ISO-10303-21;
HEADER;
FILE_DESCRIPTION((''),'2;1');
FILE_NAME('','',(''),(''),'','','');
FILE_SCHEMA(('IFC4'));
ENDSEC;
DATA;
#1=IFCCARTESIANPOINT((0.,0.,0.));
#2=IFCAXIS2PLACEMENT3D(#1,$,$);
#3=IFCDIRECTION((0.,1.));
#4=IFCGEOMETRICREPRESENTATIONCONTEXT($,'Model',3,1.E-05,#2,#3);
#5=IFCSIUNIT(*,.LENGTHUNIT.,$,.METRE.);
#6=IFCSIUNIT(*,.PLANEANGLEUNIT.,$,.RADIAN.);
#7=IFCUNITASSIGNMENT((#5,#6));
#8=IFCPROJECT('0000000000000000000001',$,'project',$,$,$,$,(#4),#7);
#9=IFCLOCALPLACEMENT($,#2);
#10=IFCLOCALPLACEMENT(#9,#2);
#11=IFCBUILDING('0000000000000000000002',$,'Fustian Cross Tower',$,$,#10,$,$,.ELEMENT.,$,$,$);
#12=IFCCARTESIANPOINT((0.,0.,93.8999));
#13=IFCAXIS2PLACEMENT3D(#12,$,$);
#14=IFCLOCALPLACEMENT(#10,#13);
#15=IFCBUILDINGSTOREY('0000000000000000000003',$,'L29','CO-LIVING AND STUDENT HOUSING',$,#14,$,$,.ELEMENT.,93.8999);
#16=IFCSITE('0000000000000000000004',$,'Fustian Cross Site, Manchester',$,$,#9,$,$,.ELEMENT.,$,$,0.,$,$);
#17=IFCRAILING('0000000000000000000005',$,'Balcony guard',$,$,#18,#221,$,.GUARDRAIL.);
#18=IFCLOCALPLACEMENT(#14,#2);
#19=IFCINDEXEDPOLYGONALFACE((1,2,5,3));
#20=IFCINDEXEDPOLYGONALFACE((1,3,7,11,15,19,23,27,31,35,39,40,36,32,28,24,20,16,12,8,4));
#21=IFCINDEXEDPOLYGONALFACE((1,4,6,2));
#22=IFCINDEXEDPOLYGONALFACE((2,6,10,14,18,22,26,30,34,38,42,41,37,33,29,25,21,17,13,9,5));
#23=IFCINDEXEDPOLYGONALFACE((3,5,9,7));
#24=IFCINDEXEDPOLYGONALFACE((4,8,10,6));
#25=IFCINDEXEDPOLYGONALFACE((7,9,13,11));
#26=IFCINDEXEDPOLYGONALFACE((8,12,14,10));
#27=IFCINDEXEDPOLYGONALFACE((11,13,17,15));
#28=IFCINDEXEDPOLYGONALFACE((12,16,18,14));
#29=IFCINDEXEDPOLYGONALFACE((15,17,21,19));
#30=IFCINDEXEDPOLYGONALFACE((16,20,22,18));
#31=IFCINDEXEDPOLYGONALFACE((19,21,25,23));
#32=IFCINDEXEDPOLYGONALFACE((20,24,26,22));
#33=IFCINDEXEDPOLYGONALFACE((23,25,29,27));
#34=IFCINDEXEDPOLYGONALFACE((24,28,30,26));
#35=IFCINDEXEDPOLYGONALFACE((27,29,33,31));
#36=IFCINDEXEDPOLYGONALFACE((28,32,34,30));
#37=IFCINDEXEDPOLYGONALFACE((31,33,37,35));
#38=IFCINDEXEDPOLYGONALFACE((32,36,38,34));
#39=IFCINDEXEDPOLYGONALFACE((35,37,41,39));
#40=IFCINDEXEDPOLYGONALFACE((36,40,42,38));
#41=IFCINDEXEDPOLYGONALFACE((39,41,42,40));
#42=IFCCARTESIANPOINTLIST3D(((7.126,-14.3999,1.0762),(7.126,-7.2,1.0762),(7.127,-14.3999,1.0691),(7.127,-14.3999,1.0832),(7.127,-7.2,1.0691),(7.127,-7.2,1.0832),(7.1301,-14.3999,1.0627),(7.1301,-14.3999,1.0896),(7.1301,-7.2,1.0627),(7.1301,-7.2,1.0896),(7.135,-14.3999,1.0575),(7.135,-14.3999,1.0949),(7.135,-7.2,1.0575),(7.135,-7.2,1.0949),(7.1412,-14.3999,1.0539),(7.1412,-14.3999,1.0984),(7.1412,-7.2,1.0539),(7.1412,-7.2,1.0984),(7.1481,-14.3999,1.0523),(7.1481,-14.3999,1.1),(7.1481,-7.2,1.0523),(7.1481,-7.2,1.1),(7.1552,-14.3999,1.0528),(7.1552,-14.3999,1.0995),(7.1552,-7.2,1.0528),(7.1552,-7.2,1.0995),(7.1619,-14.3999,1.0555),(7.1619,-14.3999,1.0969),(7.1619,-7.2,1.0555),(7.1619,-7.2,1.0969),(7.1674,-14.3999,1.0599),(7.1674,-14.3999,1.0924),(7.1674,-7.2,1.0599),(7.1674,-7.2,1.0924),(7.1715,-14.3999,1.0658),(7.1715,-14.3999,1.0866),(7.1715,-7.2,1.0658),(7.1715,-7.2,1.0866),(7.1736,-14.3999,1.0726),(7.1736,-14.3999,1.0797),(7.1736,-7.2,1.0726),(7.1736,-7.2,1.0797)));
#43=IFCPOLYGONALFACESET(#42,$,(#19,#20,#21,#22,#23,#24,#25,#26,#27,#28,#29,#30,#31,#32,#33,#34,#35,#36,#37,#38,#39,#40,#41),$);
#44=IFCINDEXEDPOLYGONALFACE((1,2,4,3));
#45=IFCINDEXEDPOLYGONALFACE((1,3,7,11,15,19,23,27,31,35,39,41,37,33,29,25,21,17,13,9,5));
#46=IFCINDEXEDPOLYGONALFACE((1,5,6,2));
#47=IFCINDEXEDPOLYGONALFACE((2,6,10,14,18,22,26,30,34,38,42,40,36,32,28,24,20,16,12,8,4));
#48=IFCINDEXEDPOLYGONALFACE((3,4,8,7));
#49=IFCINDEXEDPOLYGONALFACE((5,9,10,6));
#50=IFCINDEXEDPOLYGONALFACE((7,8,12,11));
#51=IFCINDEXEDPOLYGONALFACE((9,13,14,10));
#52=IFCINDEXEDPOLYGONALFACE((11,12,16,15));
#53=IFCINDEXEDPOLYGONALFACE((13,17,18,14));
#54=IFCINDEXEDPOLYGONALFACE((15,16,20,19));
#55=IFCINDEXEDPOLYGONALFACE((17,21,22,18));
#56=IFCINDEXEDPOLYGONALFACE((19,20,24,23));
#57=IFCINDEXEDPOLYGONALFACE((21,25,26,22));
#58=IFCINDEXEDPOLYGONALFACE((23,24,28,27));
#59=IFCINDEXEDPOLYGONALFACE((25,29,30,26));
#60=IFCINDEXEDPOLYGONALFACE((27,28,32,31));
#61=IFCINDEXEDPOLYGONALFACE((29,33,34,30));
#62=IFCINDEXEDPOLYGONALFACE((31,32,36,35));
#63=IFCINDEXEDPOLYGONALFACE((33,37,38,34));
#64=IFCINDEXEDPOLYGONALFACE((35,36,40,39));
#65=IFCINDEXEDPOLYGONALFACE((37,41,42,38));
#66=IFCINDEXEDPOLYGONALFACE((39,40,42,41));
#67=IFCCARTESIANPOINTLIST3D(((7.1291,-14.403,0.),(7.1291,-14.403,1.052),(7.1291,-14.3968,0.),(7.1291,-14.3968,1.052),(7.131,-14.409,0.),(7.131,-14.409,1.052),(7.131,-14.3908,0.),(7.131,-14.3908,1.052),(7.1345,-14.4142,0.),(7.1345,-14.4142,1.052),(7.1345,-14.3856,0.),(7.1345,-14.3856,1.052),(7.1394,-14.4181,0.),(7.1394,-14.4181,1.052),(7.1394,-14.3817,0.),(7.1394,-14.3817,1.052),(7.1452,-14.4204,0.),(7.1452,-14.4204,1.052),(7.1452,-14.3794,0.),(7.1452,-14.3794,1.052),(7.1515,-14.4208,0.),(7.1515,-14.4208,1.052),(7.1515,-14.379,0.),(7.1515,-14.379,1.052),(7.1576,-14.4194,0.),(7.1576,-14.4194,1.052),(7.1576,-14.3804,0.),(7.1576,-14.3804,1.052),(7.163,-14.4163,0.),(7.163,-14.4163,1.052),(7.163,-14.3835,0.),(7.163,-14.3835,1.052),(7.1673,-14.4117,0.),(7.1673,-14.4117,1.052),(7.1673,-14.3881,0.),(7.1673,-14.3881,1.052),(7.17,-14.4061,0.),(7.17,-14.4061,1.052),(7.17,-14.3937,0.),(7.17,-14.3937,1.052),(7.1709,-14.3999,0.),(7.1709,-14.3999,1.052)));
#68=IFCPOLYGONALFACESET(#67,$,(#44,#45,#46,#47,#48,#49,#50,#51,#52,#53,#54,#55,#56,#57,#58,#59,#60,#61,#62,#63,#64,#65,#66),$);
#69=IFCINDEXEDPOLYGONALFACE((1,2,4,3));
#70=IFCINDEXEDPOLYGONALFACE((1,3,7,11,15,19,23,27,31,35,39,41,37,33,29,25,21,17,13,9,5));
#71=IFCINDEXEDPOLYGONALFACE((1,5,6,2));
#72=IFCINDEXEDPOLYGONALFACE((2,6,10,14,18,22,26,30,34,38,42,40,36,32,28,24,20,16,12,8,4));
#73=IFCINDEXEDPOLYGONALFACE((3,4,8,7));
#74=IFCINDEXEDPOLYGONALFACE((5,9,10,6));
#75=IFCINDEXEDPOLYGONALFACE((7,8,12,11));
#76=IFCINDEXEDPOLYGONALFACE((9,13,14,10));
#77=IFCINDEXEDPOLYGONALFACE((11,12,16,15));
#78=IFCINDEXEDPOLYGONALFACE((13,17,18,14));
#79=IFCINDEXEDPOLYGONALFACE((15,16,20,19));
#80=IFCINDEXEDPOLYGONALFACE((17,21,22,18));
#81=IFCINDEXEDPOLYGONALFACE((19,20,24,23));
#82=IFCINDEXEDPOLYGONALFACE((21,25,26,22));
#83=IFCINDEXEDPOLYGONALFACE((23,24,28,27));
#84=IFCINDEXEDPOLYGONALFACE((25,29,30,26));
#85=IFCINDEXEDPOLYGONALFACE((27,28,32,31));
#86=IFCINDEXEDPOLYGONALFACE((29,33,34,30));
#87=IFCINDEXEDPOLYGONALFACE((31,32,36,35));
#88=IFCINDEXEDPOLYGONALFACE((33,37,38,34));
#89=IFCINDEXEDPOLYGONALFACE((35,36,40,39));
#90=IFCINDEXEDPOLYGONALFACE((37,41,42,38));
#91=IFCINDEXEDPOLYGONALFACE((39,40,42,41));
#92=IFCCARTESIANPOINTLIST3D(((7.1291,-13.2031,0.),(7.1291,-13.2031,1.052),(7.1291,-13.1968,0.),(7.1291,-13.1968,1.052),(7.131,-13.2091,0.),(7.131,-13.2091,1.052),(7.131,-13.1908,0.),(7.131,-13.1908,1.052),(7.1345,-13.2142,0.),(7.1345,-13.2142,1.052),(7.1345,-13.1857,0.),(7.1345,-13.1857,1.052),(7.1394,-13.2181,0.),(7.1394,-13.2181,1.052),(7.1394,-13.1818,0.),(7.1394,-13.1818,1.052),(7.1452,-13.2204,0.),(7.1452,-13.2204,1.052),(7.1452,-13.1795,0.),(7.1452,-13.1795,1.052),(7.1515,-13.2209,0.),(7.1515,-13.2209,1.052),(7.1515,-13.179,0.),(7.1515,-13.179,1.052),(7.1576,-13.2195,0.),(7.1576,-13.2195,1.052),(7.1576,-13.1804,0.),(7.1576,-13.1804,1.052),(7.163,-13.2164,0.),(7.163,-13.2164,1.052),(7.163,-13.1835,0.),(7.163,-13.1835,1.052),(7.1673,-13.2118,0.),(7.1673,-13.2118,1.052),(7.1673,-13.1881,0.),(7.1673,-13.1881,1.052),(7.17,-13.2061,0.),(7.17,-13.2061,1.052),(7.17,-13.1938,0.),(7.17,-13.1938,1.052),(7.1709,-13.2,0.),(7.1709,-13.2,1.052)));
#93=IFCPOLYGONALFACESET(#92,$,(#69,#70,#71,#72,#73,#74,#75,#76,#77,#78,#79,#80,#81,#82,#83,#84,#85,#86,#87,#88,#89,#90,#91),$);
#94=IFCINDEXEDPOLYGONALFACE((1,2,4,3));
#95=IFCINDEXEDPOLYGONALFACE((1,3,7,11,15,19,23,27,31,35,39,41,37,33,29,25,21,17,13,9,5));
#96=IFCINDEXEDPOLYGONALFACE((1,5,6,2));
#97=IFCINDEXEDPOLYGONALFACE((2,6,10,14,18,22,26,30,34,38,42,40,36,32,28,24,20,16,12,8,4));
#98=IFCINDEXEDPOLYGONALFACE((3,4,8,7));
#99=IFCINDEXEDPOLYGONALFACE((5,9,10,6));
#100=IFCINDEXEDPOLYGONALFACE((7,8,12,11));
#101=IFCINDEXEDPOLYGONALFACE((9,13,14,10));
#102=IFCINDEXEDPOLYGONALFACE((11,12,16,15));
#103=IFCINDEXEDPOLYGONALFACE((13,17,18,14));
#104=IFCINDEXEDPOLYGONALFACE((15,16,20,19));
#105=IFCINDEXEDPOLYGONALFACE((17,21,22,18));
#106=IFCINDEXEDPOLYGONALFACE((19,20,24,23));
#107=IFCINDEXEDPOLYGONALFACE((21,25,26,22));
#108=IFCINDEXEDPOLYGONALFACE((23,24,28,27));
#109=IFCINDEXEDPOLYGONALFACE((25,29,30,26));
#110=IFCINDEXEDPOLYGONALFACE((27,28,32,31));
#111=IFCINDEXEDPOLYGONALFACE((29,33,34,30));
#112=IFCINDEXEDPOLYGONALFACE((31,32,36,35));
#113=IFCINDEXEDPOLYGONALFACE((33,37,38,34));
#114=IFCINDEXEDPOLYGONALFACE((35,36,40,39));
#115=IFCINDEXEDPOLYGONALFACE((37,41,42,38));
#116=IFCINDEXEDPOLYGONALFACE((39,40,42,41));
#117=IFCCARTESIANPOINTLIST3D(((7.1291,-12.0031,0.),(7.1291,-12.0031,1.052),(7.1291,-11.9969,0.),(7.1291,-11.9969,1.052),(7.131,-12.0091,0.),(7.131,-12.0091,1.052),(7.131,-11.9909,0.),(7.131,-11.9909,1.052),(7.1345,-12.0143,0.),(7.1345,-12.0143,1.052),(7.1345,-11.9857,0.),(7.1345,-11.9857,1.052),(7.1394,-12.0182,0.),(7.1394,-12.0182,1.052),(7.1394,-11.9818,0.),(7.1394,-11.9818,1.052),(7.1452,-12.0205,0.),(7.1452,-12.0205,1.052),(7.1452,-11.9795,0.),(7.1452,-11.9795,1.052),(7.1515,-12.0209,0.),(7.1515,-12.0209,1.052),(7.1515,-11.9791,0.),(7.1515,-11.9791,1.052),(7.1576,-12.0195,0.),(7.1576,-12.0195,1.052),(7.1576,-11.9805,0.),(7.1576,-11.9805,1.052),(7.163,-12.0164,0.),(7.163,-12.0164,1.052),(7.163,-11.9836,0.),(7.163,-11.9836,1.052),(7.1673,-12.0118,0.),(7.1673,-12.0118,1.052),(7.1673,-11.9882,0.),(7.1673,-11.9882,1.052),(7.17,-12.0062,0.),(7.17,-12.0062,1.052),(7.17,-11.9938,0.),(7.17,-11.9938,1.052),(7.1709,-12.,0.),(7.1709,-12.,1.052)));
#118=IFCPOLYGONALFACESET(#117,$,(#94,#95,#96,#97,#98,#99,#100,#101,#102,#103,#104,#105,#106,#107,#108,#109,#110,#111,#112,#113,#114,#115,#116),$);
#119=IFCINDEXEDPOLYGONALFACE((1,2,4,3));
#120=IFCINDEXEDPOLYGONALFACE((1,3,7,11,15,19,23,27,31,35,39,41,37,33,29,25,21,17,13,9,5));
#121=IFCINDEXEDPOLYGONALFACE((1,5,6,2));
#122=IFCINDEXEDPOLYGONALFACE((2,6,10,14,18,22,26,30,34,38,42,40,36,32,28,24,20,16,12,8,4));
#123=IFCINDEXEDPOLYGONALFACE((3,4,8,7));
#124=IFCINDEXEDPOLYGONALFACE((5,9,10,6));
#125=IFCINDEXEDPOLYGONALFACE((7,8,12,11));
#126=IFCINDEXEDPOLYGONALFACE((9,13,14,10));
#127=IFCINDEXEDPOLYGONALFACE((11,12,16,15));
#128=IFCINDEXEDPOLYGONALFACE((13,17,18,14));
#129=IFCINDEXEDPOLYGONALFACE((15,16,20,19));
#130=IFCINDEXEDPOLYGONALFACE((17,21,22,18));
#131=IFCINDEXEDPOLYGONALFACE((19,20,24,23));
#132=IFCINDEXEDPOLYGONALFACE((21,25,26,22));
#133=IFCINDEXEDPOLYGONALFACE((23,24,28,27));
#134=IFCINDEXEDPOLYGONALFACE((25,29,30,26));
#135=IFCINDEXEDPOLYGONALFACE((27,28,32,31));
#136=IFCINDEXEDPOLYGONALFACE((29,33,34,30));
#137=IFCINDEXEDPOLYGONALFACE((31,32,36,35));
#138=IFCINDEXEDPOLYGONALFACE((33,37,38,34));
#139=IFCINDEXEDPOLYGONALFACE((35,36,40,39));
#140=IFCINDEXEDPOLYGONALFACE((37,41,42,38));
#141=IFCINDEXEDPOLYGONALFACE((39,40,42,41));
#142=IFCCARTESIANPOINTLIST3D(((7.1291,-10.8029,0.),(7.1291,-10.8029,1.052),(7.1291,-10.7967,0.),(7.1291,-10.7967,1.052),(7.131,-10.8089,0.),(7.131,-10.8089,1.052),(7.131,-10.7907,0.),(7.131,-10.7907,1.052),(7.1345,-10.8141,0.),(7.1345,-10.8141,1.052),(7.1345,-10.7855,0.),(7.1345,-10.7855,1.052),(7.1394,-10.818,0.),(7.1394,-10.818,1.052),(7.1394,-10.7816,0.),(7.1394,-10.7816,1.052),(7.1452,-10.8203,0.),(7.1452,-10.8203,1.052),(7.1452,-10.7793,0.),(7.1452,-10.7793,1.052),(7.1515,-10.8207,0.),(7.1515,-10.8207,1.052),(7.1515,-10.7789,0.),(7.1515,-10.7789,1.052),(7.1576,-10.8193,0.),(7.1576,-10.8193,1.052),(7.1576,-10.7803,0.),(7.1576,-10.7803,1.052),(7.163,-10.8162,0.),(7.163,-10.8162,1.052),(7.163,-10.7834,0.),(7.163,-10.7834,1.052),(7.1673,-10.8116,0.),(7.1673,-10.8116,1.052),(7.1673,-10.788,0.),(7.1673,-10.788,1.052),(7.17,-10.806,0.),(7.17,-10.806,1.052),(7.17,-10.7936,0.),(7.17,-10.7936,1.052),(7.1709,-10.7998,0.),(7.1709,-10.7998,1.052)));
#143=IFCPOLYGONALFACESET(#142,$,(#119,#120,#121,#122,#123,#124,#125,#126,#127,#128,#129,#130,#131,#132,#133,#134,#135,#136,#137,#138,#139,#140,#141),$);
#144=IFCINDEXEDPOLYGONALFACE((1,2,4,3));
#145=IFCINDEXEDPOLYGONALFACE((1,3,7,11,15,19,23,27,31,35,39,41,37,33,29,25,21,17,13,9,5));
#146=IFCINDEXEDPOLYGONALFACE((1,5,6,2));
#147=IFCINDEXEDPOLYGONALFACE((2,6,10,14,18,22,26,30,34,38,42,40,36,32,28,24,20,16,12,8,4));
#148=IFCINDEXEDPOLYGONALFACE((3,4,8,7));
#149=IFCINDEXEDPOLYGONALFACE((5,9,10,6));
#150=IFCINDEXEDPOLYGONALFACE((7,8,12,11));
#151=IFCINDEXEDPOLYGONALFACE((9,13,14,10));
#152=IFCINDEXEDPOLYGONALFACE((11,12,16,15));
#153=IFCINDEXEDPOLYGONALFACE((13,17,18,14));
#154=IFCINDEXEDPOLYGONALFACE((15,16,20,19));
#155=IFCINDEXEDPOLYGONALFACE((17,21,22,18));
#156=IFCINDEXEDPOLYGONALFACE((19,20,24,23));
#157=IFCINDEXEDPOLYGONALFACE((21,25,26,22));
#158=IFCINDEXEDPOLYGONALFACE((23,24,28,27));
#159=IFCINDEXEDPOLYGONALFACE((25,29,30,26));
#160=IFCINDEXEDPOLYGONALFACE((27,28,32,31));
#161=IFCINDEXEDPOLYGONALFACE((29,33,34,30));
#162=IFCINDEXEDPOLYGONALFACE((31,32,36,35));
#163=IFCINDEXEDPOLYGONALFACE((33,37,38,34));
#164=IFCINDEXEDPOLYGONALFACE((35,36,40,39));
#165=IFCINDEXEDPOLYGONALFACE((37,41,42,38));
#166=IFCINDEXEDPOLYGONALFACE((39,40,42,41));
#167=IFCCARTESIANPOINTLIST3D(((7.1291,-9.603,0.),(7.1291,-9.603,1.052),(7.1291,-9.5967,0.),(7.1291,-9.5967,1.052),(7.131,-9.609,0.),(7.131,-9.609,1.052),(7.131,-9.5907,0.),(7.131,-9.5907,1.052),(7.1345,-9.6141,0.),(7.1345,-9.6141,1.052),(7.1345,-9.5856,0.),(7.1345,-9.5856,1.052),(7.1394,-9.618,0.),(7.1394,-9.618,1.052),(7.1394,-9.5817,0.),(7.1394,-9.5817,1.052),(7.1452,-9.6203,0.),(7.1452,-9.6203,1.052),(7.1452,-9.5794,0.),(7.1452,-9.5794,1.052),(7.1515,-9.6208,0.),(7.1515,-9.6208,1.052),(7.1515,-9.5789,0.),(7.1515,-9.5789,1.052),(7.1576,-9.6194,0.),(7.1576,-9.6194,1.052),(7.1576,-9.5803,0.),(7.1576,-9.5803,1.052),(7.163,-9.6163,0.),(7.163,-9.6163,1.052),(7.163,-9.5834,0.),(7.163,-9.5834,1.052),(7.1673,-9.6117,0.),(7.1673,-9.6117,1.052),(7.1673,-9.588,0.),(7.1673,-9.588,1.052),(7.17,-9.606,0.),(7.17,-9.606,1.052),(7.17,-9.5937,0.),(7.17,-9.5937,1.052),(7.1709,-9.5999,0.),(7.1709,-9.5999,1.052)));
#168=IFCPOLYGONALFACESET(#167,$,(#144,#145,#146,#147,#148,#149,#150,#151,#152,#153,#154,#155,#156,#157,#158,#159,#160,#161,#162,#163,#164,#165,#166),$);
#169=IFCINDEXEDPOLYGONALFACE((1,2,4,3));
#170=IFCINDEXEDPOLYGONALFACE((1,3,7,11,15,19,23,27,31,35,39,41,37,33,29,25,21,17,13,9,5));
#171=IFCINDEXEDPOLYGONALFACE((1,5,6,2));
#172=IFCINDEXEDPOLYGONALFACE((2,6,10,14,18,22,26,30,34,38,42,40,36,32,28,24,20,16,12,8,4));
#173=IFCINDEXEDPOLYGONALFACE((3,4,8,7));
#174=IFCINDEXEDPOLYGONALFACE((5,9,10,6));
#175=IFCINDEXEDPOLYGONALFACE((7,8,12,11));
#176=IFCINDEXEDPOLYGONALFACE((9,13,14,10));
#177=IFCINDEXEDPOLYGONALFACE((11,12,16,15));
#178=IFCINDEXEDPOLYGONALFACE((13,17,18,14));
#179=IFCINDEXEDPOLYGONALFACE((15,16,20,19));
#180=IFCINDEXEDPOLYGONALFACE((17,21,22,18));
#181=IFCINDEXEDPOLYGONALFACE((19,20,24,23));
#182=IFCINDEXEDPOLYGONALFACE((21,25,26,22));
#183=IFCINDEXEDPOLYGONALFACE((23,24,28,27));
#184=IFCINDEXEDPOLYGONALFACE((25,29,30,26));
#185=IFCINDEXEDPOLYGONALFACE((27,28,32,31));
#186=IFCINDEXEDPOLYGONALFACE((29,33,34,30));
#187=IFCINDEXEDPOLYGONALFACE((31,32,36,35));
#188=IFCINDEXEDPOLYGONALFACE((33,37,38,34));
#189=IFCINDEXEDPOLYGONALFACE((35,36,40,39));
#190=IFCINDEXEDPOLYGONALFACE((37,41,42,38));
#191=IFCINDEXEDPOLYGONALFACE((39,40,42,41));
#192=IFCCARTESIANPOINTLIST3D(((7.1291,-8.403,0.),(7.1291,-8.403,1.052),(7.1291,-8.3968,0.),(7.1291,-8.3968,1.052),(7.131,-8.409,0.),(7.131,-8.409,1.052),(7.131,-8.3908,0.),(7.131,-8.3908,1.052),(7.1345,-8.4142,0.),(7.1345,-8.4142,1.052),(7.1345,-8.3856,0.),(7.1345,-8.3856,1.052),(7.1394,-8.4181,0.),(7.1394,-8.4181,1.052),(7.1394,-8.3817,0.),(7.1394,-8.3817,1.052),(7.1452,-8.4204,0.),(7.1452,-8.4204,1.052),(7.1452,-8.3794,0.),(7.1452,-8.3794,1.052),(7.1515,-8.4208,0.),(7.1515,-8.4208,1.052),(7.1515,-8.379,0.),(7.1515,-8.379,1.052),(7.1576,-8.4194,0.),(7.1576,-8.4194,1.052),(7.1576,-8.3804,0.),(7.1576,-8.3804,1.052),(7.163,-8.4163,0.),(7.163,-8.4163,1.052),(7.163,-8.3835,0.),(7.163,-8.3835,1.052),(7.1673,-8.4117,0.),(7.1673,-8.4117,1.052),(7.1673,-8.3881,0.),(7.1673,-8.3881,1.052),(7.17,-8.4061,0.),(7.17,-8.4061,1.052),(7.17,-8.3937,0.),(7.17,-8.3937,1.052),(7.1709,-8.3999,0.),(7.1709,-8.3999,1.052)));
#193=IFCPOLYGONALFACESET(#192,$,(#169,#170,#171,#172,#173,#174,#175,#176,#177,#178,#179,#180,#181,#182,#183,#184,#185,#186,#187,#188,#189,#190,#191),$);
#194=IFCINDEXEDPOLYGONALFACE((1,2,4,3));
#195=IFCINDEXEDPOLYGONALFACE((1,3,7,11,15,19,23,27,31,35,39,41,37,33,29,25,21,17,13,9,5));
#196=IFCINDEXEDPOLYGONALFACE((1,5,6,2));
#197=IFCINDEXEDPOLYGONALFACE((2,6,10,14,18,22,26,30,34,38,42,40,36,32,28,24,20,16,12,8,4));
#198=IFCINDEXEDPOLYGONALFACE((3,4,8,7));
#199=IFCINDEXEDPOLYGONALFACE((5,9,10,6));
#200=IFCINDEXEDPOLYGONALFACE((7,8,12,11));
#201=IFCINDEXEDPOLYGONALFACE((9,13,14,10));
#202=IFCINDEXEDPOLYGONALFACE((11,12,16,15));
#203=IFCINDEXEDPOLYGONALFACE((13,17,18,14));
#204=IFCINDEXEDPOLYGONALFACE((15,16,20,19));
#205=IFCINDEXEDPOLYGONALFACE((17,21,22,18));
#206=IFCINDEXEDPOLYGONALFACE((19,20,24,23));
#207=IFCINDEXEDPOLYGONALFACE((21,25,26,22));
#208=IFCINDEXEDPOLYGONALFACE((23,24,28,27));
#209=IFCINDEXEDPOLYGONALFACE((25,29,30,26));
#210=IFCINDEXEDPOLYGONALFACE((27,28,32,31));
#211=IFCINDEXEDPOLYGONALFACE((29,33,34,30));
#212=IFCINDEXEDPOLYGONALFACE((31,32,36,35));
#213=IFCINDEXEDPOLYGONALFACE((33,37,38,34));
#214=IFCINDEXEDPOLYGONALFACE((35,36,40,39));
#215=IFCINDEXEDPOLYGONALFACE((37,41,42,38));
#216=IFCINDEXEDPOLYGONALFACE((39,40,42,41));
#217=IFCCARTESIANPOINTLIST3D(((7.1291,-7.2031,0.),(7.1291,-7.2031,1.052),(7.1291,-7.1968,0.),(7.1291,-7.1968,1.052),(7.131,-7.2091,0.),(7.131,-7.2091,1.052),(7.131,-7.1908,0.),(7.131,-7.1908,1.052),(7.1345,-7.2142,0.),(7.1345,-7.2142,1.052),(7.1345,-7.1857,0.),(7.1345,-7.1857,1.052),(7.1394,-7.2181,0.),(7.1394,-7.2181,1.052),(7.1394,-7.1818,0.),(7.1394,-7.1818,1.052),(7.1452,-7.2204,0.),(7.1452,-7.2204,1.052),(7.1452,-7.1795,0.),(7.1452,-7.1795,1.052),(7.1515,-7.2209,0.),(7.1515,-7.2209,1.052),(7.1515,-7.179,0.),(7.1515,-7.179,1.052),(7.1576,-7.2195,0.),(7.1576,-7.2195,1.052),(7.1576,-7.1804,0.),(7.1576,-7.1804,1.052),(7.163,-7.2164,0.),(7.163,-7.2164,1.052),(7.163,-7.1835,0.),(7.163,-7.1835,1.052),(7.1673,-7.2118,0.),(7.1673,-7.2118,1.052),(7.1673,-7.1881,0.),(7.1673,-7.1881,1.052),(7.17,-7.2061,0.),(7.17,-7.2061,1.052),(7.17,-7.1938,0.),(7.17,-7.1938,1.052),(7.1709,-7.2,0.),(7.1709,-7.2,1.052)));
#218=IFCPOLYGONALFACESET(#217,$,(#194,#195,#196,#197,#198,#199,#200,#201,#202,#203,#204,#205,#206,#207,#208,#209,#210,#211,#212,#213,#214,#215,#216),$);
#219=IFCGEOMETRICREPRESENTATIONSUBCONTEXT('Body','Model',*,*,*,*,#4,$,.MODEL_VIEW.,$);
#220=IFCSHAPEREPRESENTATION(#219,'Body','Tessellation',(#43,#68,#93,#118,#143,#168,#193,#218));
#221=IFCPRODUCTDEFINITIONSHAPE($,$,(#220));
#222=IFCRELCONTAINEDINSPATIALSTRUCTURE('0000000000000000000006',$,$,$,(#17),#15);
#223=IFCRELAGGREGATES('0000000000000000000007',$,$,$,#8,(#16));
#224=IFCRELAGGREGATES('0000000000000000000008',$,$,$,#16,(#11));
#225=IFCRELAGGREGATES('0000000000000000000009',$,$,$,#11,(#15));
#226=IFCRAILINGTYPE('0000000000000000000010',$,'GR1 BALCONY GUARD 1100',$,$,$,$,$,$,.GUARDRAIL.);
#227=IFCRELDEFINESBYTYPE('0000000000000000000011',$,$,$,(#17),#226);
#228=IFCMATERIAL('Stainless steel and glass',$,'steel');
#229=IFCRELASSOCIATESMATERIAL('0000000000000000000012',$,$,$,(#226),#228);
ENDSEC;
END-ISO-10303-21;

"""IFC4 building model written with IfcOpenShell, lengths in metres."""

from ifc_helpers import new_model, si_unit, direction, frame, origin, origin_2d, place, context, subcontext, project, spatial, circle, extrude, material, type_object, element, save


model = new_model("IFC4")

# Units and contexts
model_context = context("Model", 3, precision=1e-05, world=origin(), true_north=direction((0.0, 1.0)))
body_context = subcontext(model_context, "Body", "Model", "MODEL_VIEW")
ifc_project = project(units=[si_unit("LENGTHUNIT", "METRE"), si_unit("PLANEANGLEUNIT", "RADIAN")], contexts=[model_context])

# Site, building, storey
site_placement = place(None, origin())
site = spatial("IfcSite", under=ifc_project, at=site_placement, Name="Fustian Cross Site, Manchester", CompositionType="ELEMENT", RefElevation=0.0)
building_placement = place(site_placement, origin())
building = spatial("IfcBuilding", under=site, at=building_placement, Name="Fustian Cross Tower", CompositionType="ELEMENT")
storey_placement = place(building_placement, frame((0.0, 0.0, 93.8999)))
storey = spatial("IfcBuildingStorey", under=building, at=storey_placement, Name="L29", Description="CO-LIVING AND STUDENT HOUSING", CompositionType="ELEMENT", Elevation=93.8999)

# Railing
ifc_material_1 = material(Name="Stainless steel and glass", Category="steel")
railing_type = type_object("IfcRailingType", Name="GR1 BALCONY GUARD 1100", PredefinedType="GUARDRAIL", material=ifc_material_1)
railing_placement = place(storey_placement, frame((7.1499, -14.3999, 0.0)))
element("IfcRailing", 1, at=railing_placement, inside=storey, type_object=railing_type, Name="Balcony guard", PredefinedType="GUARDRAIL", context=body_context, shape_type="SweptSolid", body=[
    extrude(circle(Radius=0.0239, at=origin_2d()), frame((0.0, 0.0, 1.0762), z_axis=(0.0, 1.0, 0.0), x_axis=(-1.0, 0.0, 0.0)), (0.0, 0.0, 1.0), 7.2),
    extrude(circle(Radius=0.021, at=origin_2d()), origin(), (0.0, 0.0, 1.0), 1.052),
    extrude(circle(Radius=0.021, at=origin_2d()), frame((0.0, 1.2, 0.0)), (0.0, 0.0, 1.0), 1.052),
    extrude(circle(Radius=0.021, at=origin_2d()), frame((0.0, 2.3999, 0.0)), (0.0, 0.0, 1.0), 1.052),
    extrude(circle(Radius=0.021, at=origin_2d()), frame((0.0, 3.6001, 0.0)), (0.0, 0.0, 1.0), 1.052),
    extrude(circle(Radius=0.021, at=origin_2d()), frame((0.0, 4.8, 0.0)), (0.0, 0.0, 1.0), 1.052),
    extrude(circle(Radius=0.021, at=origin_2d()), frame((0.0, 6.0, 0.0)), (0.0, 0.0, 1.0), 1.052),
    extrude(circle(Radius=0.021, at=origin_2d()), frame((0.0, 7.2, 0.0)), (0.0, 0.0, 1.0), 1.052),
])

save(model, "model.ifc")
